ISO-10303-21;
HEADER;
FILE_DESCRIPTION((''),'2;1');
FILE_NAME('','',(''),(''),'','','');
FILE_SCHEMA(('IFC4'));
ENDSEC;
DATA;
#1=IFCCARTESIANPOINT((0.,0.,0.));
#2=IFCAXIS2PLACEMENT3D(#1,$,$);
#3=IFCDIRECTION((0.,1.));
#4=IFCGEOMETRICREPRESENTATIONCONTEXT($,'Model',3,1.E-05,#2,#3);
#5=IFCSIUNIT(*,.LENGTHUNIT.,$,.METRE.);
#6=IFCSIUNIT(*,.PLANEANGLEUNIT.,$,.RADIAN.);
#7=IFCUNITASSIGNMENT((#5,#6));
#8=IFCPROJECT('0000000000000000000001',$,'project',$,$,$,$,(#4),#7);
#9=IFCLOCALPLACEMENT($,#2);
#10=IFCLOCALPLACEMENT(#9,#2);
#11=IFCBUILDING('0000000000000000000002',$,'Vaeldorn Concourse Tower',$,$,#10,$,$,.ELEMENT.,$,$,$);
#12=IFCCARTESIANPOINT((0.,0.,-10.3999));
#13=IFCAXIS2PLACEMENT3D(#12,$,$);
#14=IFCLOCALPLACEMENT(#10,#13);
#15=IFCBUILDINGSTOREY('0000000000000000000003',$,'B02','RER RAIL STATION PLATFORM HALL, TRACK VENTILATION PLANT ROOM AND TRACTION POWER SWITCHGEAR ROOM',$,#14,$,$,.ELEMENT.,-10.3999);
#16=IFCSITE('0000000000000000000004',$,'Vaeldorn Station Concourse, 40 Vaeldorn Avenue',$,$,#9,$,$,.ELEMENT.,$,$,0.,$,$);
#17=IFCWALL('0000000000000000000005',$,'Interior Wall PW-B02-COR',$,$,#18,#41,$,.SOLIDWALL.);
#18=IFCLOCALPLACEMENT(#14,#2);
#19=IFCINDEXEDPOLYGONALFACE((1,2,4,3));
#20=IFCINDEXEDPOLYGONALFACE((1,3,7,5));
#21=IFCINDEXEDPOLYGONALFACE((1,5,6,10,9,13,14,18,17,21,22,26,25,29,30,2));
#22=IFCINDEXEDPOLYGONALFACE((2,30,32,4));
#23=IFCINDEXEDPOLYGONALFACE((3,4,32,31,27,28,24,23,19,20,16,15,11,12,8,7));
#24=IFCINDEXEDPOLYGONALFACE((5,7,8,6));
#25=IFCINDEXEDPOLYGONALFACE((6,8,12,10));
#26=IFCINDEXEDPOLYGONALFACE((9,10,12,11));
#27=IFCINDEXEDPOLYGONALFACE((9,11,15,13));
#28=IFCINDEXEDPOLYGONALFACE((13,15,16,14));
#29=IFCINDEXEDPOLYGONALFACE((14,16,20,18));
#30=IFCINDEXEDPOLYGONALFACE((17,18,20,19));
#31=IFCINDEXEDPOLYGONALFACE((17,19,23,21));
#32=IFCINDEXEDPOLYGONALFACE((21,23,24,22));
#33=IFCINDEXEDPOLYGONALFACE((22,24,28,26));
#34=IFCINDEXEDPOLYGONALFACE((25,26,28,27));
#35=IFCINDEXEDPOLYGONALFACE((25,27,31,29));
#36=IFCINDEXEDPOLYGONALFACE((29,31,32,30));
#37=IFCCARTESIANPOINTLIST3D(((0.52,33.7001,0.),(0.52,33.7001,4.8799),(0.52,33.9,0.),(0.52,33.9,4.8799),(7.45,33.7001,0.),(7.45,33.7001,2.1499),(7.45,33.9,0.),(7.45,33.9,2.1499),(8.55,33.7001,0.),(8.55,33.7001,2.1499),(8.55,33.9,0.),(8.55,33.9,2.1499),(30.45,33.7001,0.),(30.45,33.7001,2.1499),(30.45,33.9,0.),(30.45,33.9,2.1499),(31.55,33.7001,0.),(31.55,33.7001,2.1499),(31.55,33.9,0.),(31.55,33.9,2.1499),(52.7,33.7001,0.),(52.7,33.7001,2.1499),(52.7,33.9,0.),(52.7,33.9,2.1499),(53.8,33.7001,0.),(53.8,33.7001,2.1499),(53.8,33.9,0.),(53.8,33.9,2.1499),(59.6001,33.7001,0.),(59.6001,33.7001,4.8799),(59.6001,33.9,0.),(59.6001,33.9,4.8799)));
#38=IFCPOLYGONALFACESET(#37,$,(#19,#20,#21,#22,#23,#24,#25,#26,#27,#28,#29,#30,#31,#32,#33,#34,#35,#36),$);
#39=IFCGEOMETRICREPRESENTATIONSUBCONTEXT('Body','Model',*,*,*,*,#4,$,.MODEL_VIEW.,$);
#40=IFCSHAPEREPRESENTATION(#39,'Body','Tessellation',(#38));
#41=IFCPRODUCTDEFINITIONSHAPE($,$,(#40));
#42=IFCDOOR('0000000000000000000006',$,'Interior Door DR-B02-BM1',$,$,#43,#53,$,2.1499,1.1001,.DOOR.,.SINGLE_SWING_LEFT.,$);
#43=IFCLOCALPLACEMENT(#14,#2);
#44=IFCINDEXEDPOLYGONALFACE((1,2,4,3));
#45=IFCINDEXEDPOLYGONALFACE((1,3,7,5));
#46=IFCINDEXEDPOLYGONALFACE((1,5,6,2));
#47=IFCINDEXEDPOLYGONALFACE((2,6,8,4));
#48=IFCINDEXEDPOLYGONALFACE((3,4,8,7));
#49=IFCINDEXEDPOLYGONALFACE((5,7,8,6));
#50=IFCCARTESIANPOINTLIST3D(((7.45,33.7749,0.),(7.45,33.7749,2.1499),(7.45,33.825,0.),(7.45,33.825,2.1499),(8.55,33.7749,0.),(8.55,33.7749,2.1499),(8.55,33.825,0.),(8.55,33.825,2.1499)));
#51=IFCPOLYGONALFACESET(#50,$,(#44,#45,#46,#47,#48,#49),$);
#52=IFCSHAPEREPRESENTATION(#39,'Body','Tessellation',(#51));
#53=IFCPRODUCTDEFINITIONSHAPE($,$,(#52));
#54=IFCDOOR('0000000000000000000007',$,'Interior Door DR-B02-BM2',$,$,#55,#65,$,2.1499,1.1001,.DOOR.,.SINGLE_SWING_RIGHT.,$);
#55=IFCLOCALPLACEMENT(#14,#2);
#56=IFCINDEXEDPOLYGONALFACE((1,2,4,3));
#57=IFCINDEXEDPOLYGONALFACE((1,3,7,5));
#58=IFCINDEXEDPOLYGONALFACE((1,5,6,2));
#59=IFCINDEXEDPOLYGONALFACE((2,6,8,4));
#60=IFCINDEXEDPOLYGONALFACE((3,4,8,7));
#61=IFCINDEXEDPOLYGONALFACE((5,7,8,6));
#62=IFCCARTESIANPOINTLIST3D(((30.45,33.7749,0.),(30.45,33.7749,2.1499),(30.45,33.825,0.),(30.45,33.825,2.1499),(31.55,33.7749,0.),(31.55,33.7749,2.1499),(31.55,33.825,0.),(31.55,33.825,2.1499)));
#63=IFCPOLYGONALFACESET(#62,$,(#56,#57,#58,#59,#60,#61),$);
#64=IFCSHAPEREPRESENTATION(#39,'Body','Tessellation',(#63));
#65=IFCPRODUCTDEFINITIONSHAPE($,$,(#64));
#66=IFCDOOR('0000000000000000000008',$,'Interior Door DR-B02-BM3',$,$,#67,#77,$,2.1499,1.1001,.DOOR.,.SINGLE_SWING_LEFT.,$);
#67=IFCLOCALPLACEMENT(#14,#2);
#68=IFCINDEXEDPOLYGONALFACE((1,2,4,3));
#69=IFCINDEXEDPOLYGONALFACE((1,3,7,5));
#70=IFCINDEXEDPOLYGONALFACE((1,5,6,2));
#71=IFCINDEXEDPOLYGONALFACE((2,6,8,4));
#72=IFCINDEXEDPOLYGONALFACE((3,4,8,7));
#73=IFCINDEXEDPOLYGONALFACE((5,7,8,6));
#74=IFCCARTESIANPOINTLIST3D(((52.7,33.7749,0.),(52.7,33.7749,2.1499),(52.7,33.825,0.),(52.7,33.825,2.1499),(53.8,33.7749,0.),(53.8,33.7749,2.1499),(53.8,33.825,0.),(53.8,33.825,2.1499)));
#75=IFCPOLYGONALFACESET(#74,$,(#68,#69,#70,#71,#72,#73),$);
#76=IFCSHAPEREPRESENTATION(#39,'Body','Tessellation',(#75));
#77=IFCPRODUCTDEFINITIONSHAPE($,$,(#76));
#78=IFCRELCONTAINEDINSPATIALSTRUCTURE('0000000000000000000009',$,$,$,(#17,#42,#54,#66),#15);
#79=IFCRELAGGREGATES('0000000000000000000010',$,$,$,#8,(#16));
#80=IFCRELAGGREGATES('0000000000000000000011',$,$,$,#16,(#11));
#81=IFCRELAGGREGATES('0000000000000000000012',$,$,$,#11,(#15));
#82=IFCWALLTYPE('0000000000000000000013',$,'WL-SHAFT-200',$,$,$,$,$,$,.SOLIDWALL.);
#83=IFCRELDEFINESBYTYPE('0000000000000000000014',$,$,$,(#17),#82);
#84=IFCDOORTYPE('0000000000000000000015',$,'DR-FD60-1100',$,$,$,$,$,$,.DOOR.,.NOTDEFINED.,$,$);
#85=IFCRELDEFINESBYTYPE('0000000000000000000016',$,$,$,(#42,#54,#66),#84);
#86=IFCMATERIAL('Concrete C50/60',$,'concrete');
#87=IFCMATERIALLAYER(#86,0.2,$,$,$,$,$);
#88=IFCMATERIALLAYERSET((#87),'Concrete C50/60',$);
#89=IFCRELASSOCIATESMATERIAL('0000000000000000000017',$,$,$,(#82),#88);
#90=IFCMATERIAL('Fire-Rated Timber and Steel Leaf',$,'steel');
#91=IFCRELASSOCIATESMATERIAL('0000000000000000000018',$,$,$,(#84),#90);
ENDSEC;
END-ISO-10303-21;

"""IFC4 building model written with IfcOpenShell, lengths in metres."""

from ifc_helpers import new_model, si_unit, direction, frame, frame_2d, origin, place, context, subcontext, project, spatial, rectangle, extrude, source, transform, mapped, material, layer, layer_set, type_object, element, fill, save


model = new_model("IFC4")

# Units and contexts
model_context = context("Model", 3, precision=1e-05, world=origin(), true_north=direction((0.0, 1.0)))
body_context = subcontext(model_context, "Body", "Model", "MODEL_VIEW")
ifc_project = project(units=[si_unit("LENGTHUNIT", "METRE"), si_unit("PLANEANGLEUNIT", "RADIAN")], contexts=[model_context])

# Site, building, storey
site_placement = place(None, origin())
site = spatial("IfcSite", under=ifc_project, at=site_placement, Name="Vaeldorn Station Concourse, 40 Vaeldorn Avenue", CompositionType="ELEMENT", RefElevation=0.0)
building_placement = place(site_placement, origin())
building = spatial("IfcBuilding", under=site, at=building_placement, Name="Vaeldorn Concourse Tower", CompositionType="ELEMENT")
storey_placement = place(building_placement, frame((0.0, 0.0, -10.3999)))
storey = spatial("IfcBuildingStorey", under=building, at=storey_placement, Name="B02", Description="RER RAIL STATION PLATFORM HALL, TRACK VENTILATION PLANT ROOM AND TRACTION POWER SWITCHGEAR ROOM", CompositionType="ELEMENT", Elevation=-10.3999)

# Shared definitions
ifc_material_1 = material(Name="Concrete C50/60", Category="concrete")

# Shared definitions
ifc_layer_1 = layer(ifc_material_1, 0.2)
ifc_layer_set_1 = layer_set([ifc_layer_1], Name="Concrete C50/60")
wall_type_1 = type_object("IfcWallType", Name="WL-SHAFT-200", PredefinedType="SOLIDWALL", material=ifc_layer_set_1)
ifc_material_2 = material(Name="Fire-Rated Timber and Steel Leaf", Category="steel")
door_type = type_object("IfcDoorType", Name="DR-FD60-1100", OperationType="NOTDEFINED", PredefinedType="DOOR", material=ifc_material_2)
shared_shape_1 = source(origin(), body_context, "Body", "SweptSolid", [
    extrude(rectangle(XDim=1.1001, YDim=2.1499, at=frame_2d((0.55, 1.075))), frame((0.0, 0.0249, 0.0), z_axis=(0.0, -1.0, 0.0), x_axis=(1.0, 0.0, 0.0)), (0.0, 0.0, 1.0), 0.05),
])

# Wall, openings, doors
wall_1_placement = place(storey_placement, frame((0.52, 33.8, 0.0), z_axis=(0.0, 0.0, 1.0), x_axis=(1.0, 0.0, 0.0)))
wall_1 = element("IfcWall", 1, at=wall_1_placement, inside=storey, type_object=wall_type_1, Name="Interior Wall PW-B02-COR", PredefinedType="SOLIDWALL", context=body_context, shape_type="SweptSolid", body=[
    extrude(rectangle(XDim=59.0801, YDim=0.2, at=frame_2d((29.54, 0.0))), origin(), (0.0, 0.0, 1.0), 4.8799),
])
opening_1_placement = place(wall_1_placement, frame((6.9299, 0.0, 0.0)))
opening_1 = element("IfcOpeningElement", 2, at=opening_1_placement, cuts=wall_1, PredefinedType="OPENING", context=body_context, shape_type="SweptSolid", body=[
    extrude(rectangle(XDim=1.1001, YDim=2.1499, at=frame_2d((0.55, 1.075))), frame((0.0, 0.1099, 0.0), z_axis=(0.0, -1.0, 0.0), x_axis=(1.0, 0.0, 0.0)), (0.0, 0.0, 1.0), 0.22),
])
opening_2_placement = place(wall_1_placement, frame((29.9299, 0.0, 0.0)))
opening_2 = element("IfcOpeningElement", 3, at=opening_2_placement, cuts=wall_1, PredefinedType="OPENING", context=body_context, shape_type="SweptSolid", body=[
    extrude(rectangle(XDim=1.1001, YDim=2.1499, at=frame_2d((0.55, 1.075))), frame((0.0, 0.1099, 0.0), z_axis=(0.0, -1.0, 0.0), x_axis=(1.0, 0.0, 0.0)), (0.0, 0.0, 1.0), 0.22),
])
opening_3_placement = place(wall_1_placement, frame((52.1799, 0.0, 0.0)))
opening_3 = element("IfcOpeningElement", 4, at=opening_3_placement, cuts=wall_1, PredefinedType="OPENING", context=body_context, shape_type="SweptSolid", body=[
    extrude(rectangle(XDim=1.1001, YDim=2.1499, at=frame_2d((0.55, 1.075))), frame((0.0, 0.1099, 0.0), z_axis=(0.0, -1.0, 0.0), x_axis=(1.0, 0.0, 0.0)), (0.0, 0.0, 1.0), 0.22),
])
door_1_placement = place(opening_1_placement, origin())
door_1 = element("IfcDoor", 5, at=door_1_placement, inside=storey, type_object=door_type, Name="Interior Door DR-B02-BM1", OperationType="SINGLE_SWING_LEFT", OverallHeight=2.1499, OverallWidth=1.1001, PredefinedType="DOOR", context=body_context, shape_type="MappedRepresentation", body=[
    mapped(shared_shape_1, transform((0.0, 0.0, 0.0), scale=1.0)),
])
fill(opening_1, door_1)
door_2_placement = place(opening_2_placement, origin())
door_2 = element("IfcDoor", 6, at=door_2_placement, inside=storey, type_object=door_type, Name="Interior Door DR-B02-BM2", OperationType="SINGLE_SWING_RIGHT", OverallHeight=2.1499, OverallWidth=1.1001, PredefinedType="DOOR", context=body_context, shape_type="MappedRepresentation", body=[
    mapped(shared_shape_1, transform((0.0, 0.0, 0.0), scale=1.0)),
])
fill(opening_2, door_2)
door_3_placement = place(opening_3_placement, origin())
door_3 = element("IfcDoor", 7, at=door_3_placement, inside=storey, type_object=door_type, Name="Interior Door DR-B02-BM3", OperationType="SINGLE_SWING_LEFT", OverallHeight=2.1499, OverallWidth=1.1001, PredefinedType="DOOR", context=body_context, shape_type="MappedRepresentation", body=[
    mapped(shared_shape_1, transform((0.0, 0.0, 0.0), scale=1.0)),
])
fill(opening_3, door_3)

save(model, "model.ifc")
